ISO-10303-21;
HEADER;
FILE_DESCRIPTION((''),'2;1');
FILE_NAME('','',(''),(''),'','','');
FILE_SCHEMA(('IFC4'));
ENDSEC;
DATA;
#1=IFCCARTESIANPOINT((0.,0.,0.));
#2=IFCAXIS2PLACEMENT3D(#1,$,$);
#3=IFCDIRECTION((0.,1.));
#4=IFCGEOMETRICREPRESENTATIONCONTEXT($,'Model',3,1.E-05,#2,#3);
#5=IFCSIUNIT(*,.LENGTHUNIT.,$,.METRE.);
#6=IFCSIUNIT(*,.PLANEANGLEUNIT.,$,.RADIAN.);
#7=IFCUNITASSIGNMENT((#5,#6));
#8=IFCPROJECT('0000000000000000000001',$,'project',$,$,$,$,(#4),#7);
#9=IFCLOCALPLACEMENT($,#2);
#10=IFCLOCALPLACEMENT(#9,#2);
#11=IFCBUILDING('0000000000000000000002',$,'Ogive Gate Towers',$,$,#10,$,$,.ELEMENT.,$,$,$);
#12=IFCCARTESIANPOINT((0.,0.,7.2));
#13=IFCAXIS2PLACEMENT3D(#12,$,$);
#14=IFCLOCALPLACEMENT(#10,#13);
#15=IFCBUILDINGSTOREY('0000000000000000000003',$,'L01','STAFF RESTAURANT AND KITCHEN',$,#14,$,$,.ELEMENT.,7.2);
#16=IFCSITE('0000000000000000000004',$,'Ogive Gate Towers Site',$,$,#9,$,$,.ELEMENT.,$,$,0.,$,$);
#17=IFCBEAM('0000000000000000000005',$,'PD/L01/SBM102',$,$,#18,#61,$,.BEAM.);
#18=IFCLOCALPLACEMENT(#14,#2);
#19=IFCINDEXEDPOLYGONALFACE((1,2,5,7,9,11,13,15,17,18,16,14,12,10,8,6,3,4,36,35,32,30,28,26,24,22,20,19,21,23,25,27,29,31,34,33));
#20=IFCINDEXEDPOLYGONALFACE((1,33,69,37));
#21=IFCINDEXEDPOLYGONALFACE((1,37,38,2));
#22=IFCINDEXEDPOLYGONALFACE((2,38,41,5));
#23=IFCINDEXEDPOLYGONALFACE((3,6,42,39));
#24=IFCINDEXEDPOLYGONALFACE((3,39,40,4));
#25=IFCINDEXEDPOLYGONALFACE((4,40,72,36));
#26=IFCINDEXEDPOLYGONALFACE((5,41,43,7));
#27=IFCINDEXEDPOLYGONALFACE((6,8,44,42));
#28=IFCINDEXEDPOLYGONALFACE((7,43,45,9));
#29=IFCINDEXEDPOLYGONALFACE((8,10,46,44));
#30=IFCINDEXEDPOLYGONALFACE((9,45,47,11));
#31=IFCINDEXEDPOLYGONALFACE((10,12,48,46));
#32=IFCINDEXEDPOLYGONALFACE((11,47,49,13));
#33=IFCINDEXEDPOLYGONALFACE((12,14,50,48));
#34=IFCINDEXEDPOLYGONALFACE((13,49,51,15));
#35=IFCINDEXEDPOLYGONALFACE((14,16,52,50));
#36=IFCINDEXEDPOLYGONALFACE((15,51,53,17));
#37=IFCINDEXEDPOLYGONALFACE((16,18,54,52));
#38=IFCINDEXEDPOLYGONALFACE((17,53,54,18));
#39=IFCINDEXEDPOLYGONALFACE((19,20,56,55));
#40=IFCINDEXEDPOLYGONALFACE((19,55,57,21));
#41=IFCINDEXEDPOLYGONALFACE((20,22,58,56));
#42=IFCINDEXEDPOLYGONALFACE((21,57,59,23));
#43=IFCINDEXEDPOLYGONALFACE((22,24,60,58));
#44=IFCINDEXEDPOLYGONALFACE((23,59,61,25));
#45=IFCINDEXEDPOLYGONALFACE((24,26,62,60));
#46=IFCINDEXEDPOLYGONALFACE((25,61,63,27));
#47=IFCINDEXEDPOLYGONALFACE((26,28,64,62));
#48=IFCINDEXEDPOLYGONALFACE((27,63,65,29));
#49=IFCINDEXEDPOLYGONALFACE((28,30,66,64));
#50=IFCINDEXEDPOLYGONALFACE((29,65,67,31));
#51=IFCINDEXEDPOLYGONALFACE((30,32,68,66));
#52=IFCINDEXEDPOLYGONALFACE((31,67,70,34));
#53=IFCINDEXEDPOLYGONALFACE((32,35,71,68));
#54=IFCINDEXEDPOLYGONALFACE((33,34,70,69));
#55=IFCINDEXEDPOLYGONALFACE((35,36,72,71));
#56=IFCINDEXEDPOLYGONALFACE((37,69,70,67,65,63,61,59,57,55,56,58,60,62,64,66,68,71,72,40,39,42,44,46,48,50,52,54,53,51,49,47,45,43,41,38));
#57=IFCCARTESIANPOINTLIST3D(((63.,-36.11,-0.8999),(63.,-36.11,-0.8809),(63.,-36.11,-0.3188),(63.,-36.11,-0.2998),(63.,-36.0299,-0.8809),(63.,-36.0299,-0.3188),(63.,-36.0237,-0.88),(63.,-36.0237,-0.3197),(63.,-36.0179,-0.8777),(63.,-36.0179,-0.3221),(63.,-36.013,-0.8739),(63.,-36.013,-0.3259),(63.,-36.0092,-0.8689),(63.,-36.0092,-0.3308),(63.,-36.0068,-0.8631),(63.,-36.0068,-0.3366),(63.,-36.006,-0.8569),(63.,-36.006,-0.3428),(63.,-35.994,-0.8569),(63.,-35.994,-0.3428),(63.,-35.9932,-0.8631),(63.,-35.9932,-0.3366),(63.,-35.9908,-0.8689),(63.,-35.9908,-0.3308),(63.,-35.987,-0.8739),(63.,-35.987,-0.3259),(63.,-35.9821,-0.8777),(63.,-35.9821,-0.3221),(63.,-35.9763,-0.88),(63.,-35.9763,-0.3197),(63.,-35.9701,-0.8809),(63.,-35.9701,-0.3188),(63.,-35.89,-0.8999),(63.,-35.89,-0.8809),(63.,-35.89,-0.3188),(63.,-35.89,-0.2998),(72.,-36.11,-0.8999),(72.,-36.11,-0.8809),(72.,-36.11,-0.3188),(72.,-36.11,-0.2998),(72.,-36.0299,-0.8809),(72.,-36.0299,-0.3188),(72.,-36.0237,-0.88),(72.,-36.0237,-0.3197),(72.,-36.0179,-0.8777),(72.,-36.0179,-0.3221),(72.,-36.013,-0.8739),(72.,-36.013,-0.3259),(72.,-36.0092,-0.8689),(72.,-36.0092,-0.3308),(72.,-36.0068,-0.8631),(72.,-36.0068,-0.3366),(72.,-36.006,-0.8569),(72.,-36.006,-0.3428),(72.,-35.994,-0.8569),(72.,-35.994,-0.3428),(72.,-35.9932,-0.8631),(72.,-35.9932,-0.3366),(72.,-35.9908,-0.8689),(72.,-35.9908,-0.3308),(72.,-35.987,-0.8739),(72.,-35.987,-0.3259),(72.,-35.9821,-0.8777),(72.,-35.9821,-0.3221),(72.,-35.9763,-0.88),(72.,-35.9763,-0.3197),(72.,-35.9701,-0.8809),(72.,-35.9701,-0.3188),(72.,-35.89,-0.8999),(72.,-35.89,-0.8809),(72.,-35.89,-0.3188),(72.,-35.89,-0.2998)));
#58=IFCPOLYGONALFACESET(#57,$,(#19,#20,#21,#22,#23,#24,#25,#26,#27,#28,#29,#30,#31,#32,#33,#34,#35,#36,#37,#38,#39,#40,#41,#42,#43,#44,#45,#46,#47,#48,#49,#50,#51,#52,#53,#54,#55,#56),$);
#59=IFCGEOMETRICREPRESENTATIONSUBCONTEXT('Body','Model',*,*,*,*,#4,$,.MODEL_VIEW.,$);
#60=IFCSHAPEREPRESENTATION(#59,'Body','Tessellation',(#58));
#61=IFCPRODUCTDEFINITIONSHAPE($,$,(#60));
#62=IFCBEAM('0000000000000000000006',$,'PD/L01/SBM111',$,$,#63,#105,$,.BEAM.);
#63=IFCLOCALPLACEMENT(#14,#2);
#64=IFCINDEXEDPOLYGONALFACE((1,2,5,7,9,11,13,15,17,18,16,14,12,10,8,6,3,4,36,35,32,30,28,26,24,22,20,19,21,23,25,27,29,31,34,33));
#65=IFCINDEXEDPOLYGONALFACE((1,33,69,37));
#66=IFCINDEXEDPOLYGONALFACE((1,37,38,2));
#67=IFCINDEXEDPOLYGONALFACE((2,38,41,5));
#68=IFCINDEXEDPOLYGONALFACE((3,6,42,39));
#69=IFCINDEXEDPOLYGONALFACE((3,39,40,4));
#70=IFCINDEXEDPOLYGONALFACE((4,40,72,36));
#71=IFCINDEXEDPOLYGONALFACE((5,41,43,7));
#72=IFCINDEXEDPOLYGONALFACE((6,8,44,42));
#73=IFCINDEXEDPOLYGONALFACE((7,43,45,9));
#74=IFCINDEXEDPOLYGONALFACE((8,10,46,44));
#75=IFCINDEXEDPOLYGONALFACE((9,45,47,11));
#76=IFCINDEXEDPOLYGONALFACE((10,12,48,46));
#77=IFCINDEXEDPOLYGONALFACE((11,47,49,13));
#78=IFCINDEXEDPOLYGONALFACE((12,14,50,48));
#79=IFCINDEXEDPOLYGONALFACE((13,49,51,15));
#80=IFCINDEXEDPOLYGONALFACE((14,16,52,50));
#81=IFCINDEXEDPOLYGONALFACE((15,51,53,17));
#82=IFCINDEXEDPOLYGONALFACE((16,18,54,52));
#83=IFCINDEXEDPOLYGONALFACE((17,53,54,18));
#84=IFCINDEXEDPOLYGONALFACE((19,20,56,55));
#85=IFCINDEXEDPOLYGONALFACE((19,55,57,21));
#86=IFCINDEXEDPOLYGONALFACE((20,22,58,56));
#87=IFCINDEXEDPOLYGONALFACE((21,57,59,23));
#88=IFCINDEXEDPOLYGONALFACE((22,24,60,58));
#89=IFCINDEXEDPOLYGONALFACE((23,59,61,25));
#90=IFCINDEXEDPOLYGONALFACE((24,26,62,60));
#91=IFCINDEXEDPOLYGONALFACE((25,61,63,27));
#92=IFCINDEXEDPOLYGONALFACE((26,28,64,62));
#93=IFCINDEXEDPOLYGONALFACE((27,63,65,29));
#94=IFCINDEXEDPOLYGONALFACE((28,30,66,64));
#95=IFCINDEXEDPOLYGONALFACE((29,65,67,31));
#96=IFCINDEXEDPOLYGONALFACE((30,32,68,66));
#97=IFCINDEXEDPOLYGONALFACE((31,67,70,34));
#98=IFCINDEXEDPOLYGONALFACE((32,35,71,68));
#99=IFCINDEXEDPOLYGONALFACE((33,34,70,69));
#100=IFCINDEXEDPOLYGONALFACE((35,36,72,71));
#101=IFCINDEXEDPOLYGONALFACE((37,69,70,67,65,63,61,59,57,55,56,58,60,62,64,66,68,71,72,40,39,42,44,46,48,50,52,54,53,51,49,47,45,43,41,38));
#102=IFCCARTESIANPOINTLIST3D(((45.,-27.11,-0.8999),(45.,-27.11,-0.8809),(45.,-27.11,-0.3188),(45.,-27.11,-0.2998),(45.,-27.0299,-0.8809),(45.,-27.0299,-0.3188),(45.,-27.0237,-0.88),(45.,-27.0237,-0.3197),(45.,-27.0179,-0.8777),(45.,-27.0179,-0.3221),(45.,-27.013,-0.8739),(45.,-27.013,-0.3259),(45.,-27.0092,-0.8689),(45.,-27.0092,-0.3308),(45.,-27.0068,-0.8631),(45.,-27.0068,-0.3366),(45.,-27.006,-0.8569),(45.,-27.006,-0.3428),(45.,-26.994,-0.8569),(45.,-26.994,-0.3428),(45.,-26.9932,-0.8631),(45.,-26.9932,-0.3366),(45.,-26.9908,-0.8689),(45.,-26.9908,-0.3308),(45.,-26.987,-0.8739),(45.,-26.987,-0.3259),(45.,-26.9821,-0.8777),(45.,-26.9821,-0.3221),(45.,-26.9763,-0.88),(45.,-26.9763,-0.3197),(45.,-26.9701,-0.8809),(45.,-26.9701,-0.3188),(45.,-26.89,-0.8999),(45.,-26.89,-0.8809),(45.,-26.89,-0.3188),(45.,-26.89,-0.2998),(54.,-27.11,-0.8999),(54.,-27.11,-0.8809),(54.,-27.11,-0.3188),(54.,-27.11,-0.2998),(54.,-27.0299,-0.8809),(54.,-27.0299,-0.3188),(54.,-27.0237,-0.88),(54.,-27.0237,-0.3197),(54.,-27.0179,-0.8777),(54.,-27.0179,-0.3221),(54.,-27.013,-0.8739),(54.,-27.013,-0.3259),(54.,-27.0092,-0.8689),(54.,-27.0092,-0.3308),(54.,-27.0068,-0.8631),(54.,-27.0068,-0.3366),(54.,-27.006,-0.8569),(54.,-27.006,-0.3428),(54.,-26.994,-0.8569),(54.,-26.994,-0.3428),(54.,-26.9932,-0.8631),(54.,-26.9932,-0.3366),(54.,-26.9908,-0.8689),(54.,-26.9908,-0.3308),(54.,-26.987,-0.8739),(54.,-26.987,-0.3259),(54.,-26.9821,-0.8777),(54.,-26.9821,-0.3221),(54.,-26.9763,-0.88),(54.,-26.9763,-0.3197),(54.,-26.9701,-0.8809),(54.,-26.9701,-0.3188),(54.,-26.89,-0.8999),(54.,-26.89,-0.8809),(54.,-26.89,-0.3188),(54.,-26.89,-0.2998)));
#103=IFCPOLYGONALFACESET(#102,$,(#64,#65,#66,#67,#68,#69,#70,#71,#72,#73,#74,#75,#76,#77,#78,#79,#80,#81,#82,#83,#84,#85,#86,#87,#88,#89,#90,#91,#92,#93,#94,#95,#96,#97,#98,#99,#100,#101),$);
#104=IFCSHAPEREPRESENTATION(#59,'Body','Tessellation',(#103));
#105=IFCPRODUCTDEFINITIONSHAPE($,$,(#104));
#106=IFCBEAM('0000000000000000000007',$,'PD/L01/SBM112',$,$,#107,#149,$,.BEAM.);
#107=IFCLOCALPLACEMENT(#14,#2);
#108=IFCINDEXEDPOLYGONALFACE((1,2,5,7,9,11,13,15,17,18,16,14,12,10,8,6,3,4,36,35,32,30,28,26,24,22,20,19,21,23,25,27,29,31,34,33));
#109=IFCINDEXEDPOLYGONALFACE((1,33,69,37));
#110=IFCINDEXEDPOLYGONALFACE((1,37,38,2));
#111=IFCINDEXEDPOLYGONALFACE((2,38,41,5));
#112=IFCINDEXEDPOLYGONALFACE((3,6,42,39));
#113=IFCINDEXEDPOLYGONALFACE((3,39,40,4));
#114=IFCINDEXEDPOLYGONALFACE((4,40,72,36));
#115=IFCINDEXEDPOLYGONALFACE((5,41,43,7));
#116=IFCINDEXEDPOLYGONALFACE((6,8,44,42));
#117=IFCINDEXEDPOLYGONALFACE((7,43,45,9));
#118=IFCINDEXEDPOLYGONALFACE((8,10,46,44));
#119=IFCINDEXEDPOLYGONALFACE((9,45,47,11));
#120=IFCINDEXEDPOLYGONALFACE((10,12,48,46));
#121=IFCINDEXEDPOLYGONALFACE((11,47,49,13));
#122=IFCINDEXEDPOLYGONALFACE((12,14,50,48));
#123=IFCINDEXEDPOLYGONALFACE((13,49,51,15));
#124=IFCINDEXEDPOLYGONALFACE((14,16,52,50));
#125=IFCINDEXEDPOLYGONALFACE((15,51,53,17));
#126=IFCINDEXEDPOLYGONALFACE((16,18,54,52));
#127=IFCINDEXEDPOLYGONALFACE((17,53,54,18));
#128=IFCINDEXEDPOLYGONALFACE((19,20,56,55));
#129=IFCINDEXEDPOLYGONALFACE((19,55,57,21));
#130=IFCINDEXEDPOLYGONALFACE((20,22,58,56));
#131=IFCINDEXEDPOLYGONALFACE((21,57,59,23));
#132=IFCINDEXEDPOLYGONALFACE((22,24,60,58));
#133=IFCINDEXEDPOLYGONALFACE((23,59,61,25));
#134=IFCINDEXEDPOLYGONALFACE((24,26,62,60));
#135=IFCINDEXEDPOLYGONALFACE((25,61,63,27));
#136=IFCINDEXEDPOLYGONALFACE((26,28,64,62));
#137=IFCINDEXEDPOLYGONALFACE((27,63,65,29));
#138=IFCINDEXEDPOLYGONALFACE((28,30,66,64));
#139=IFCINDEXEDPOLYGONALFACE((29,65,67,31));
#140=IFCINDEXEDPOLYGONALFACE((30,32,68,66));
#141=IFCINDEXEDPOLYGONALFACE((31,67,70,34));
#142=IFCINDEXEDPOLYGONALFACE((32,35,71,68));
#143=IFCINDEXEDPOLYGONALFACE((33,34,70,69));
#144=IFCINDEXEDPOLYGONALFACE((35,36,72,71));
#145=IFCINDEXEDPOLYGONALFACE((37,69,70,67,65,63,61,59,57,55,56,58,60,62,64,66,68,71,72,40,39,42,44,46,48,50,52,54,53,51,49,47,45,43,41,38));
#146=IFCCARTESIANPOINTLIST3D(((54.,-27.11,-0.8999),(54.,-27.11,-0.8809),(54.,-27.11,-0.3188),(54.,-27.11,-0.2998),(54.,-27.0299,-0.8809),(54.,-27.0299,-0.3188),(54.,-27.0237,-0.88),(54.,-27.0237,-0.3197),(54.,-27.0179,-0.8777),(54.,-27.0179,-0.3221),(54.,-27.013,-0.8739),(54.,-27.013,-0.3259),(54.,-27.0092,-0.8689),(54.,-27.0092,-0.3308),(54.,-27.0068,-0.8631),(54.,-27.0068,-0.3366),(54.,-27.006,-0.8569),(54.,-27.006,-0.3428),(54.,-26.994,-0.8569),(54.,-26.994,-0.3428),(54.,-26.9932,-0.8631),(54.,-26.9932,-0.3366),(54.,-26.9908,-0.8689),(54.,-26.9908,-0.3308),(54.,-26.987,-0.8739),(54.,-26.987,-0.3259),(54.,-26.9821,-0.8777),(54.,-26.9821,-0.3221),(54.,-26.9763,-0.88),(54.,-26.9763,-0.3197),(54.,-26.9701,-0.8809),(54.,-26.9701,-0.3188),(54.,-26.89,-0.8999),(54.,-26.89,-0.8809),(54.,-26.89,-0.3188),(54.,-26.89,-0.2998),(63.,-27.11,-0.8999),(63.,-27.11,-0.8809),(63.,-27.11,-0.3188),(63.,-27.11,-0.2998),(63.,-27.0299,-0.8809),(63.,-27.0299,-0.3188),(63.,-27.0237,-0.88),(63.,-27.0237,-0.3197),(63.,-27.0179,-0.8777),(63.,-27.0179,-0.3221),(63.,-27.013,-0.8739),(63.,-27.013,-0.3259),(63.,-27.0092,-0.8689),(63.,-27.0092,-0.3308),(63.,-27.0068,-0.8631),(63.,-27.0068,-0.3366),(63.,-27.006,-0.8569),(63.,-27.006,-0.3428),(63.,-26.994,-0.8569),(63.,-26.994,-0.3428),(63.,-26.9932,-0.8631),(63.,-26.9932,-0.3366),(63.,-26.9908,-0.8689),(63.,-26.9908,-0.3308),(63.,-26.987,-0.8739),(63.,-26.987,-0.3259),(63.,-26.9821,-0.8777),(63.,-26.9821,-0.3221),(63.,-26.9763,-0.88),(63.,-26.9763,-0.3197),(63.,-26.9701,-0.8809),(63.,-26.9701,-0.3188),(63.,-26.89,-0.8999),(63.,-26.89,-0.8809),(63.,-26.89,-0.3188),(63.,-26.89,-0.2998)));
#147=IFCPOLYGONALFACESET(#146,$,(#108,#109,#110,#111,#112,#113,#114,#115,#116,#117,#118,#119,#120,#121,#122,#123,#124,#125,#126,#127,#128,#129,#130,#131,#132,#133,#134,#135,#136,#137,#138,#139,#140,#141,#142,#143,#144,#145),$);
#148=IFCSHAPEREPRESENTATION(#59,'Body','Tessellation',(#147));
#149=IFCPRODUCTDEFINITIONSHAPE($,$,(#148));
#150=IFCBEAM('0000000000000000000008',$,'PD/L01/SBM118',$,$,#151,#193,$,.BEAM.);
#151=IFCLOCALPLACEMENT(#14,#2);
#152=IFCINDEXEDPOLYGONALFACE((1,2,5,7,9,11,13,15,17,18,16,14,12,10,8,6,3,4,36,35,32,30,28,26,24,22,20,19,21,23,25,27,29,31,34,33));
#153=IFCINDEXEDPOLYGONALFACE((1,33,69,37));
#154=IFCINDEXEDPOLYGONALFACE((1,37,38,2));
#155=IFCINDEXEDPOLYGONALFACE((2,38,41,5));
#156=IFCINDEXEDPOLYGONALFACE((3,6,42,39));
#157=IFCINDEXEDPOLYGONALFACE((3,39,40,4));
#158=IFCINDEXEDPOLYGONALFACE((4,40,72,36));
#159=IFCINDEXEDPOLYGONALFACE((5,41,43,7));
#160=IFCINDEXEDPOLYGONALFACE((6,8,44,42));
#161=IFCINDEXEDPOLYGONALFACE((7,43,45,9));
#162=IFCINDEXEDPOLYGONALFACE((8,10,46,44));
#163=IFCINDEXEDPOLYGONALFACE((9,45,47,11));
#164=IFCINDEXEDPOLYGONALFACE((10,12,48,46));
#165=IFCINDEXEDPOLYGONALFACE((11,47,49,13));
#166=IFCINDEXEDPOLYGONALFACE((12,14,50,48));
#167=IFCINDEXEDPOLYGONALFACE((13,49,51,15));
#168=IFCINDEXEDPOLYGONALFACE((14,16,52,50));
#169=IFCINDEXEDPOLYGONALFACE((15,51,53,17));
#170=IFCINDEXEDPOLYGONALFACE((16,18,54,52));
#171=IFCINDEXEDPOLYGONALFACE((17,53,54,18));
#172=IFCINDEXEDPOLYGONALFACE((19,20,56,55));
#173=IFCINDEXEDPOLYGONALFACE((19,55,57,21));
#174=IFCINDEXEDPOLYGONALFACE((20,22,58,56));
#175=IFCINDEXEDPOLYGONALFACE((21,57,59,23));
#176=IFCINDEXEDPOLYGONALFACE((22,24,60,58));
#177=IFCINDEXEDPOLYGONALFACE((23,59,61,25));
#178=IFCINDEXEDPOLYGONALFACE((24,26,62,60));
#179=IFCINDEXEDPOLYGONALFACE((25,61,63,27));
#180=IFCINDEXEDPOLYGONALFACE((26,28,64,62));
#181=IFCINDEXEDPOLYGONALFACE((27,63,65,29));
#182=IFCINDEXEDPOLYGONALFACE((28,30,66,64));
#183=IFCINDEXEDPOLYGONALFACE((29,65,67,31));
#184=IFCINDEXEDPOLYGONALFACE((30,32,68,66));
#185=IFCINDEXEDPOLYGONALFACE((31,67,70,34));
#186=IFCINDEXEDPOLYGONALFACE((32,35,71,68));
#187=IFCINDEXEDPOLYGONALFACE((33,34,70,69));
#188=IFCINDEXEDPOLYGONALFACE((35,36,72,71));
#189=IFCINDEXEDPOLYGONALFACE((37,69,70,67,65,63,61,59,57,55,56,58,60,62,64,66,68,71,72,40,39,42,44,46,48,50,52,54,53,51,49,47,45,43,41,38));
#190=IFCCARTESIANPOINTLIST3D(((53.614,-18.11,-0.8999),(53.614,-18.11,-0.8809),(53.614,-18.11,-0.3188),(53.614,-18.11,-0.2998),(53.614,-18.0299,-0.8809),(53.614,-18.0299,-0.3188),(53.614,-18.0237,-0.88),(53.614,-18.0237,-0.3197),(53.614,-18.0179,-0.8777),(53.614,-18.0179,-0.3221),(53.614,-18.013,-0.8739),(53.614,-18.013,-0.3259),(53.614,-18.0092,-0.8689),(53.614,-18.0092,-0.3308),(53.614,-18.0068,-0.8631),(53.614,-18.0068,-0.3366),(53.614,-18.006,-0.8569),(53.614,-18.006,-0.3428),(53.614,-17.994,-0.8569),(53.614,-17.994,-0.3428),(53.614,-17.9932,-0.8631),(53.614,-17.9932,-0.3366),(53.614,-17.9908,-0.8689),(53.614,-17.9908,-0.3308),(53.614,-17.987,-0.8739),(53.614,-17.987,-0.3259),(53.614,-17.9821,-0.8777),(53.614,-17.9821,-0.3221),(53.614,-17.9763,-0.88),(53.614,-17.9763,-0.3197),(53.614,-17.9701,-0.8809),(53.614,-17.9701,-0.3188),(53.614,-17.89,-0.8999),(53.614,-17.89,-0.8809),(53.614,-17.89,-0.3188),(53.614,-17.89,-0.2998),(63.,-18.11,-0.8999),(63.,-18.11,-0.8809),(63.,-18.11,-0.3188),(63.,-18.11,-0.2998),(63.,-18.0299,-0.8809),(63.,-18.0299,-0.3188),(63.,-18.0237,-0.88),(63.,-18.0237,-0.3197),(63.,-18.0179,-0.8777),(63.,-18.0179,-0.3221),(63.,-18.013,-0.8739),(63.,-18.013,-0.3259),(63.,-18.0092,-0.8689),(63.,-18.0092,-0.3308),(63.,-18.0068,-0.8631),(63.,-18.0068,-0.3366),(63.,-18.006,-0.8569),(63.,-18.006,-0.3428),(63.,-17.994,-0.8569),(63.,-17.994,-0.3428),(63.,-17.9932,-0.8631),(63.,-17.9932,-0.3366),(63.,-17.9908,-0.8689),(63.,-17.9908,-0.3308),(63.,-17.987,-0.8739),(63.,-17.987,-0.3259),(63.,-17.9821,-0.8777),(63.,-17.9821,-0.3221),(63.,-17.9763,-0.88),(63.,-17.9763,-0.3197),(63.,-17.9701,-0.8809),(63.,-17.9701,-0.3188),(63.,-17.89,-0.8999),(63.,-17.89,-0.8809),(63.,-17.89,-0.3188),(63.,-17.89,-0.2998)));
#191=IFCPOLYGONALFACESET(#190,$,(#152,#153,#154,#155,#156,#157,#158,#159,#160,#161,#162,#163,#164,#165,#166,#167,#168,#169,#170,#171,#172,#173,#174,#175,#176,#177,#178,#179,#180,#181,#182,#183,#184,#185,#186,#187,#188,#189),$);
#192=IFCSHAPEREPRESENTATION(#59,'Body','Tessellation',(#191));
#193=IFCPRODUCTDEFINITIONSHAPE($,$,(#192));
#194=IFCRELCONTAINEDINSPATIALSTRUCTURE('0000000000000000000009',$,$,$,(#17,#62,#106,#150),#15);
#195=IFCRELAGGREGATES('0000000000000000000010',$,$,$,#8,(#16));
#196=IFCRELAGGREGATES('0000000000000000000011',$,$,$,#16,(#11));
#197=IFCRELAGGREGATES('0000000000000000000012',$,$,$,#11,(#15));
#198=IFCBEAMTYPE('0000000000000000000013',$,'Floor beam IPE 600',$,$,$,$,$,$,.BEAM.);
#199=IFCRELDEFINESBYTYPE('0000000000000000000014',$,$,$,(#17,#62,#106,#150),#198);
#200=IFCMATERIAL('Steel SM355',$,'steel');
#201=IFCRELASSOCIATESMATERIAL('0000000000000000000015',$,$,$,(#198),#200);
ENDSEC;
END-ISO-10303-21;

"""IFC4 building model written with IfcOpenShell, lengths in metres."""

from ifc_helpers import new_model, si_unit, direction, frame, origin, origin_2d, place, context, subcontext, project, spatial, i_section, extrude, material, material_profile, profile_set, type_object, element, save


model = new_model("IFC4")

# Units and contexts
model_context = context("Model", 3, precision=1e-05, world=origin(), true_north=direction((0.0, 1.0)))
body_context = subcontext(model_context, "Body", "Model", "MODEL_VIEW")
ifc_project = project(units=[si_unit("LENGTHUNIT", "METRE"), si_unit("PLANEANGLEUNIT", "RADIAN")], contexts=[model_context])

# Site, building, storey
site_placement = place(None, origin())
site = spatial("IfcSite", under=ifc_project, at=site_placement, Name="Ogive Gate Towers Site", CompositionType="ELEMENT", RefElevation=0.0)
building_placement = place(site_placement, origin())
building = spatial("IfcBuilding", under=site, at=building_placement, Name="Ogive Gate Towers", CompositionType="ELEMENT")
storey_placement = place(building_placement, frame((0.0, 0.0, 7.2)))
storey = spatial("IfcBuildingStorey", under=building, at=storey_placement, Name="L01", Description="STAFF RESTAURANT AND KITCHEN", CompositionType="ELEMENT", Elevation=7.2)

# Beams
ifc_material_1 = material(Name="Steel SM355", Category="steel")
ifc_material_profile_1 = material_profile(ifc_material_1, i_section(OverallWidth=0.22, OverallDepth=0.6001, WebThickness=0.012, FlangeThickness=0.019, FilletRadius=0.0239, at=origin_2d()), Name="IPE 600")
ifc_profile_set_1 = profile_set([ifc_material_profile_1], Name="Steel SM355")
beam_type_1 = type_object("IfcBeamType", Name="Floor beam IPE 600", PredefinedType="BEAM", material=ifc_profile_set_1)
for number, where, z_axis, x_axis, name in (
    (1, (63.0, -36.0, -0.5999), (1.0, 0.0, 0.0), (0.0, 1.0, 0.0), "PD/L01/SBM102"),
    (2, (45.0, -27.0, -0.5999), (1.0, 0.0, 0.0), (0.0, 1.0, 0.0), "PD/L01/SBM111"),
    (3, (54.0, -27.0, -0.5999), (1.0, 0.0, 0.0), (0.0, 1.0, 0.0), "PD/L01/SBM112"),
):
    element("IfcBeam", number, at=place(storey_placement, frame(where, z_axis=z_axis, x_axis=x_axis)), inside=storey, type_object=beam_type_1, Name=name, PredefinedType="BEAM", context=body_context, shape_type="SweptSolid", body=[
        extrude(i_section(OverallWidth=0.22, OverallDepth=0.6001, WebThickness=0.012, FlangeThickness=0.019, FilletRadius=0.0239, at=origin_2d()), origin(), (0.0, 0.0, 1.0), 9.0),
    ])
beam_1_placement = place(storey_placement, frame((53.614, -18.0, -0.5999), z_axis=(1.0, 0.0, 0.0), x_axis=(0.0, 1.0, 0.0)))
element("IfcBeam", 4, at=beam_1_placement, inside=storey, type_object=beam_type_1, Name="PD/L01/SBM118", PredefinedType="BEAM", context=body_context, shape_type="SweptSolid", body=[
    extrude(i_section(OverallWidth=0.22, OverallDepth=0.6001, WebThickness=0.012, FlangeThickness=0.019, FilletRadius=0.0239, at=origin_2d()), origin(), (0.0, 0.0, 1.0), 9.386),
])

save(model, "model.ifc")
